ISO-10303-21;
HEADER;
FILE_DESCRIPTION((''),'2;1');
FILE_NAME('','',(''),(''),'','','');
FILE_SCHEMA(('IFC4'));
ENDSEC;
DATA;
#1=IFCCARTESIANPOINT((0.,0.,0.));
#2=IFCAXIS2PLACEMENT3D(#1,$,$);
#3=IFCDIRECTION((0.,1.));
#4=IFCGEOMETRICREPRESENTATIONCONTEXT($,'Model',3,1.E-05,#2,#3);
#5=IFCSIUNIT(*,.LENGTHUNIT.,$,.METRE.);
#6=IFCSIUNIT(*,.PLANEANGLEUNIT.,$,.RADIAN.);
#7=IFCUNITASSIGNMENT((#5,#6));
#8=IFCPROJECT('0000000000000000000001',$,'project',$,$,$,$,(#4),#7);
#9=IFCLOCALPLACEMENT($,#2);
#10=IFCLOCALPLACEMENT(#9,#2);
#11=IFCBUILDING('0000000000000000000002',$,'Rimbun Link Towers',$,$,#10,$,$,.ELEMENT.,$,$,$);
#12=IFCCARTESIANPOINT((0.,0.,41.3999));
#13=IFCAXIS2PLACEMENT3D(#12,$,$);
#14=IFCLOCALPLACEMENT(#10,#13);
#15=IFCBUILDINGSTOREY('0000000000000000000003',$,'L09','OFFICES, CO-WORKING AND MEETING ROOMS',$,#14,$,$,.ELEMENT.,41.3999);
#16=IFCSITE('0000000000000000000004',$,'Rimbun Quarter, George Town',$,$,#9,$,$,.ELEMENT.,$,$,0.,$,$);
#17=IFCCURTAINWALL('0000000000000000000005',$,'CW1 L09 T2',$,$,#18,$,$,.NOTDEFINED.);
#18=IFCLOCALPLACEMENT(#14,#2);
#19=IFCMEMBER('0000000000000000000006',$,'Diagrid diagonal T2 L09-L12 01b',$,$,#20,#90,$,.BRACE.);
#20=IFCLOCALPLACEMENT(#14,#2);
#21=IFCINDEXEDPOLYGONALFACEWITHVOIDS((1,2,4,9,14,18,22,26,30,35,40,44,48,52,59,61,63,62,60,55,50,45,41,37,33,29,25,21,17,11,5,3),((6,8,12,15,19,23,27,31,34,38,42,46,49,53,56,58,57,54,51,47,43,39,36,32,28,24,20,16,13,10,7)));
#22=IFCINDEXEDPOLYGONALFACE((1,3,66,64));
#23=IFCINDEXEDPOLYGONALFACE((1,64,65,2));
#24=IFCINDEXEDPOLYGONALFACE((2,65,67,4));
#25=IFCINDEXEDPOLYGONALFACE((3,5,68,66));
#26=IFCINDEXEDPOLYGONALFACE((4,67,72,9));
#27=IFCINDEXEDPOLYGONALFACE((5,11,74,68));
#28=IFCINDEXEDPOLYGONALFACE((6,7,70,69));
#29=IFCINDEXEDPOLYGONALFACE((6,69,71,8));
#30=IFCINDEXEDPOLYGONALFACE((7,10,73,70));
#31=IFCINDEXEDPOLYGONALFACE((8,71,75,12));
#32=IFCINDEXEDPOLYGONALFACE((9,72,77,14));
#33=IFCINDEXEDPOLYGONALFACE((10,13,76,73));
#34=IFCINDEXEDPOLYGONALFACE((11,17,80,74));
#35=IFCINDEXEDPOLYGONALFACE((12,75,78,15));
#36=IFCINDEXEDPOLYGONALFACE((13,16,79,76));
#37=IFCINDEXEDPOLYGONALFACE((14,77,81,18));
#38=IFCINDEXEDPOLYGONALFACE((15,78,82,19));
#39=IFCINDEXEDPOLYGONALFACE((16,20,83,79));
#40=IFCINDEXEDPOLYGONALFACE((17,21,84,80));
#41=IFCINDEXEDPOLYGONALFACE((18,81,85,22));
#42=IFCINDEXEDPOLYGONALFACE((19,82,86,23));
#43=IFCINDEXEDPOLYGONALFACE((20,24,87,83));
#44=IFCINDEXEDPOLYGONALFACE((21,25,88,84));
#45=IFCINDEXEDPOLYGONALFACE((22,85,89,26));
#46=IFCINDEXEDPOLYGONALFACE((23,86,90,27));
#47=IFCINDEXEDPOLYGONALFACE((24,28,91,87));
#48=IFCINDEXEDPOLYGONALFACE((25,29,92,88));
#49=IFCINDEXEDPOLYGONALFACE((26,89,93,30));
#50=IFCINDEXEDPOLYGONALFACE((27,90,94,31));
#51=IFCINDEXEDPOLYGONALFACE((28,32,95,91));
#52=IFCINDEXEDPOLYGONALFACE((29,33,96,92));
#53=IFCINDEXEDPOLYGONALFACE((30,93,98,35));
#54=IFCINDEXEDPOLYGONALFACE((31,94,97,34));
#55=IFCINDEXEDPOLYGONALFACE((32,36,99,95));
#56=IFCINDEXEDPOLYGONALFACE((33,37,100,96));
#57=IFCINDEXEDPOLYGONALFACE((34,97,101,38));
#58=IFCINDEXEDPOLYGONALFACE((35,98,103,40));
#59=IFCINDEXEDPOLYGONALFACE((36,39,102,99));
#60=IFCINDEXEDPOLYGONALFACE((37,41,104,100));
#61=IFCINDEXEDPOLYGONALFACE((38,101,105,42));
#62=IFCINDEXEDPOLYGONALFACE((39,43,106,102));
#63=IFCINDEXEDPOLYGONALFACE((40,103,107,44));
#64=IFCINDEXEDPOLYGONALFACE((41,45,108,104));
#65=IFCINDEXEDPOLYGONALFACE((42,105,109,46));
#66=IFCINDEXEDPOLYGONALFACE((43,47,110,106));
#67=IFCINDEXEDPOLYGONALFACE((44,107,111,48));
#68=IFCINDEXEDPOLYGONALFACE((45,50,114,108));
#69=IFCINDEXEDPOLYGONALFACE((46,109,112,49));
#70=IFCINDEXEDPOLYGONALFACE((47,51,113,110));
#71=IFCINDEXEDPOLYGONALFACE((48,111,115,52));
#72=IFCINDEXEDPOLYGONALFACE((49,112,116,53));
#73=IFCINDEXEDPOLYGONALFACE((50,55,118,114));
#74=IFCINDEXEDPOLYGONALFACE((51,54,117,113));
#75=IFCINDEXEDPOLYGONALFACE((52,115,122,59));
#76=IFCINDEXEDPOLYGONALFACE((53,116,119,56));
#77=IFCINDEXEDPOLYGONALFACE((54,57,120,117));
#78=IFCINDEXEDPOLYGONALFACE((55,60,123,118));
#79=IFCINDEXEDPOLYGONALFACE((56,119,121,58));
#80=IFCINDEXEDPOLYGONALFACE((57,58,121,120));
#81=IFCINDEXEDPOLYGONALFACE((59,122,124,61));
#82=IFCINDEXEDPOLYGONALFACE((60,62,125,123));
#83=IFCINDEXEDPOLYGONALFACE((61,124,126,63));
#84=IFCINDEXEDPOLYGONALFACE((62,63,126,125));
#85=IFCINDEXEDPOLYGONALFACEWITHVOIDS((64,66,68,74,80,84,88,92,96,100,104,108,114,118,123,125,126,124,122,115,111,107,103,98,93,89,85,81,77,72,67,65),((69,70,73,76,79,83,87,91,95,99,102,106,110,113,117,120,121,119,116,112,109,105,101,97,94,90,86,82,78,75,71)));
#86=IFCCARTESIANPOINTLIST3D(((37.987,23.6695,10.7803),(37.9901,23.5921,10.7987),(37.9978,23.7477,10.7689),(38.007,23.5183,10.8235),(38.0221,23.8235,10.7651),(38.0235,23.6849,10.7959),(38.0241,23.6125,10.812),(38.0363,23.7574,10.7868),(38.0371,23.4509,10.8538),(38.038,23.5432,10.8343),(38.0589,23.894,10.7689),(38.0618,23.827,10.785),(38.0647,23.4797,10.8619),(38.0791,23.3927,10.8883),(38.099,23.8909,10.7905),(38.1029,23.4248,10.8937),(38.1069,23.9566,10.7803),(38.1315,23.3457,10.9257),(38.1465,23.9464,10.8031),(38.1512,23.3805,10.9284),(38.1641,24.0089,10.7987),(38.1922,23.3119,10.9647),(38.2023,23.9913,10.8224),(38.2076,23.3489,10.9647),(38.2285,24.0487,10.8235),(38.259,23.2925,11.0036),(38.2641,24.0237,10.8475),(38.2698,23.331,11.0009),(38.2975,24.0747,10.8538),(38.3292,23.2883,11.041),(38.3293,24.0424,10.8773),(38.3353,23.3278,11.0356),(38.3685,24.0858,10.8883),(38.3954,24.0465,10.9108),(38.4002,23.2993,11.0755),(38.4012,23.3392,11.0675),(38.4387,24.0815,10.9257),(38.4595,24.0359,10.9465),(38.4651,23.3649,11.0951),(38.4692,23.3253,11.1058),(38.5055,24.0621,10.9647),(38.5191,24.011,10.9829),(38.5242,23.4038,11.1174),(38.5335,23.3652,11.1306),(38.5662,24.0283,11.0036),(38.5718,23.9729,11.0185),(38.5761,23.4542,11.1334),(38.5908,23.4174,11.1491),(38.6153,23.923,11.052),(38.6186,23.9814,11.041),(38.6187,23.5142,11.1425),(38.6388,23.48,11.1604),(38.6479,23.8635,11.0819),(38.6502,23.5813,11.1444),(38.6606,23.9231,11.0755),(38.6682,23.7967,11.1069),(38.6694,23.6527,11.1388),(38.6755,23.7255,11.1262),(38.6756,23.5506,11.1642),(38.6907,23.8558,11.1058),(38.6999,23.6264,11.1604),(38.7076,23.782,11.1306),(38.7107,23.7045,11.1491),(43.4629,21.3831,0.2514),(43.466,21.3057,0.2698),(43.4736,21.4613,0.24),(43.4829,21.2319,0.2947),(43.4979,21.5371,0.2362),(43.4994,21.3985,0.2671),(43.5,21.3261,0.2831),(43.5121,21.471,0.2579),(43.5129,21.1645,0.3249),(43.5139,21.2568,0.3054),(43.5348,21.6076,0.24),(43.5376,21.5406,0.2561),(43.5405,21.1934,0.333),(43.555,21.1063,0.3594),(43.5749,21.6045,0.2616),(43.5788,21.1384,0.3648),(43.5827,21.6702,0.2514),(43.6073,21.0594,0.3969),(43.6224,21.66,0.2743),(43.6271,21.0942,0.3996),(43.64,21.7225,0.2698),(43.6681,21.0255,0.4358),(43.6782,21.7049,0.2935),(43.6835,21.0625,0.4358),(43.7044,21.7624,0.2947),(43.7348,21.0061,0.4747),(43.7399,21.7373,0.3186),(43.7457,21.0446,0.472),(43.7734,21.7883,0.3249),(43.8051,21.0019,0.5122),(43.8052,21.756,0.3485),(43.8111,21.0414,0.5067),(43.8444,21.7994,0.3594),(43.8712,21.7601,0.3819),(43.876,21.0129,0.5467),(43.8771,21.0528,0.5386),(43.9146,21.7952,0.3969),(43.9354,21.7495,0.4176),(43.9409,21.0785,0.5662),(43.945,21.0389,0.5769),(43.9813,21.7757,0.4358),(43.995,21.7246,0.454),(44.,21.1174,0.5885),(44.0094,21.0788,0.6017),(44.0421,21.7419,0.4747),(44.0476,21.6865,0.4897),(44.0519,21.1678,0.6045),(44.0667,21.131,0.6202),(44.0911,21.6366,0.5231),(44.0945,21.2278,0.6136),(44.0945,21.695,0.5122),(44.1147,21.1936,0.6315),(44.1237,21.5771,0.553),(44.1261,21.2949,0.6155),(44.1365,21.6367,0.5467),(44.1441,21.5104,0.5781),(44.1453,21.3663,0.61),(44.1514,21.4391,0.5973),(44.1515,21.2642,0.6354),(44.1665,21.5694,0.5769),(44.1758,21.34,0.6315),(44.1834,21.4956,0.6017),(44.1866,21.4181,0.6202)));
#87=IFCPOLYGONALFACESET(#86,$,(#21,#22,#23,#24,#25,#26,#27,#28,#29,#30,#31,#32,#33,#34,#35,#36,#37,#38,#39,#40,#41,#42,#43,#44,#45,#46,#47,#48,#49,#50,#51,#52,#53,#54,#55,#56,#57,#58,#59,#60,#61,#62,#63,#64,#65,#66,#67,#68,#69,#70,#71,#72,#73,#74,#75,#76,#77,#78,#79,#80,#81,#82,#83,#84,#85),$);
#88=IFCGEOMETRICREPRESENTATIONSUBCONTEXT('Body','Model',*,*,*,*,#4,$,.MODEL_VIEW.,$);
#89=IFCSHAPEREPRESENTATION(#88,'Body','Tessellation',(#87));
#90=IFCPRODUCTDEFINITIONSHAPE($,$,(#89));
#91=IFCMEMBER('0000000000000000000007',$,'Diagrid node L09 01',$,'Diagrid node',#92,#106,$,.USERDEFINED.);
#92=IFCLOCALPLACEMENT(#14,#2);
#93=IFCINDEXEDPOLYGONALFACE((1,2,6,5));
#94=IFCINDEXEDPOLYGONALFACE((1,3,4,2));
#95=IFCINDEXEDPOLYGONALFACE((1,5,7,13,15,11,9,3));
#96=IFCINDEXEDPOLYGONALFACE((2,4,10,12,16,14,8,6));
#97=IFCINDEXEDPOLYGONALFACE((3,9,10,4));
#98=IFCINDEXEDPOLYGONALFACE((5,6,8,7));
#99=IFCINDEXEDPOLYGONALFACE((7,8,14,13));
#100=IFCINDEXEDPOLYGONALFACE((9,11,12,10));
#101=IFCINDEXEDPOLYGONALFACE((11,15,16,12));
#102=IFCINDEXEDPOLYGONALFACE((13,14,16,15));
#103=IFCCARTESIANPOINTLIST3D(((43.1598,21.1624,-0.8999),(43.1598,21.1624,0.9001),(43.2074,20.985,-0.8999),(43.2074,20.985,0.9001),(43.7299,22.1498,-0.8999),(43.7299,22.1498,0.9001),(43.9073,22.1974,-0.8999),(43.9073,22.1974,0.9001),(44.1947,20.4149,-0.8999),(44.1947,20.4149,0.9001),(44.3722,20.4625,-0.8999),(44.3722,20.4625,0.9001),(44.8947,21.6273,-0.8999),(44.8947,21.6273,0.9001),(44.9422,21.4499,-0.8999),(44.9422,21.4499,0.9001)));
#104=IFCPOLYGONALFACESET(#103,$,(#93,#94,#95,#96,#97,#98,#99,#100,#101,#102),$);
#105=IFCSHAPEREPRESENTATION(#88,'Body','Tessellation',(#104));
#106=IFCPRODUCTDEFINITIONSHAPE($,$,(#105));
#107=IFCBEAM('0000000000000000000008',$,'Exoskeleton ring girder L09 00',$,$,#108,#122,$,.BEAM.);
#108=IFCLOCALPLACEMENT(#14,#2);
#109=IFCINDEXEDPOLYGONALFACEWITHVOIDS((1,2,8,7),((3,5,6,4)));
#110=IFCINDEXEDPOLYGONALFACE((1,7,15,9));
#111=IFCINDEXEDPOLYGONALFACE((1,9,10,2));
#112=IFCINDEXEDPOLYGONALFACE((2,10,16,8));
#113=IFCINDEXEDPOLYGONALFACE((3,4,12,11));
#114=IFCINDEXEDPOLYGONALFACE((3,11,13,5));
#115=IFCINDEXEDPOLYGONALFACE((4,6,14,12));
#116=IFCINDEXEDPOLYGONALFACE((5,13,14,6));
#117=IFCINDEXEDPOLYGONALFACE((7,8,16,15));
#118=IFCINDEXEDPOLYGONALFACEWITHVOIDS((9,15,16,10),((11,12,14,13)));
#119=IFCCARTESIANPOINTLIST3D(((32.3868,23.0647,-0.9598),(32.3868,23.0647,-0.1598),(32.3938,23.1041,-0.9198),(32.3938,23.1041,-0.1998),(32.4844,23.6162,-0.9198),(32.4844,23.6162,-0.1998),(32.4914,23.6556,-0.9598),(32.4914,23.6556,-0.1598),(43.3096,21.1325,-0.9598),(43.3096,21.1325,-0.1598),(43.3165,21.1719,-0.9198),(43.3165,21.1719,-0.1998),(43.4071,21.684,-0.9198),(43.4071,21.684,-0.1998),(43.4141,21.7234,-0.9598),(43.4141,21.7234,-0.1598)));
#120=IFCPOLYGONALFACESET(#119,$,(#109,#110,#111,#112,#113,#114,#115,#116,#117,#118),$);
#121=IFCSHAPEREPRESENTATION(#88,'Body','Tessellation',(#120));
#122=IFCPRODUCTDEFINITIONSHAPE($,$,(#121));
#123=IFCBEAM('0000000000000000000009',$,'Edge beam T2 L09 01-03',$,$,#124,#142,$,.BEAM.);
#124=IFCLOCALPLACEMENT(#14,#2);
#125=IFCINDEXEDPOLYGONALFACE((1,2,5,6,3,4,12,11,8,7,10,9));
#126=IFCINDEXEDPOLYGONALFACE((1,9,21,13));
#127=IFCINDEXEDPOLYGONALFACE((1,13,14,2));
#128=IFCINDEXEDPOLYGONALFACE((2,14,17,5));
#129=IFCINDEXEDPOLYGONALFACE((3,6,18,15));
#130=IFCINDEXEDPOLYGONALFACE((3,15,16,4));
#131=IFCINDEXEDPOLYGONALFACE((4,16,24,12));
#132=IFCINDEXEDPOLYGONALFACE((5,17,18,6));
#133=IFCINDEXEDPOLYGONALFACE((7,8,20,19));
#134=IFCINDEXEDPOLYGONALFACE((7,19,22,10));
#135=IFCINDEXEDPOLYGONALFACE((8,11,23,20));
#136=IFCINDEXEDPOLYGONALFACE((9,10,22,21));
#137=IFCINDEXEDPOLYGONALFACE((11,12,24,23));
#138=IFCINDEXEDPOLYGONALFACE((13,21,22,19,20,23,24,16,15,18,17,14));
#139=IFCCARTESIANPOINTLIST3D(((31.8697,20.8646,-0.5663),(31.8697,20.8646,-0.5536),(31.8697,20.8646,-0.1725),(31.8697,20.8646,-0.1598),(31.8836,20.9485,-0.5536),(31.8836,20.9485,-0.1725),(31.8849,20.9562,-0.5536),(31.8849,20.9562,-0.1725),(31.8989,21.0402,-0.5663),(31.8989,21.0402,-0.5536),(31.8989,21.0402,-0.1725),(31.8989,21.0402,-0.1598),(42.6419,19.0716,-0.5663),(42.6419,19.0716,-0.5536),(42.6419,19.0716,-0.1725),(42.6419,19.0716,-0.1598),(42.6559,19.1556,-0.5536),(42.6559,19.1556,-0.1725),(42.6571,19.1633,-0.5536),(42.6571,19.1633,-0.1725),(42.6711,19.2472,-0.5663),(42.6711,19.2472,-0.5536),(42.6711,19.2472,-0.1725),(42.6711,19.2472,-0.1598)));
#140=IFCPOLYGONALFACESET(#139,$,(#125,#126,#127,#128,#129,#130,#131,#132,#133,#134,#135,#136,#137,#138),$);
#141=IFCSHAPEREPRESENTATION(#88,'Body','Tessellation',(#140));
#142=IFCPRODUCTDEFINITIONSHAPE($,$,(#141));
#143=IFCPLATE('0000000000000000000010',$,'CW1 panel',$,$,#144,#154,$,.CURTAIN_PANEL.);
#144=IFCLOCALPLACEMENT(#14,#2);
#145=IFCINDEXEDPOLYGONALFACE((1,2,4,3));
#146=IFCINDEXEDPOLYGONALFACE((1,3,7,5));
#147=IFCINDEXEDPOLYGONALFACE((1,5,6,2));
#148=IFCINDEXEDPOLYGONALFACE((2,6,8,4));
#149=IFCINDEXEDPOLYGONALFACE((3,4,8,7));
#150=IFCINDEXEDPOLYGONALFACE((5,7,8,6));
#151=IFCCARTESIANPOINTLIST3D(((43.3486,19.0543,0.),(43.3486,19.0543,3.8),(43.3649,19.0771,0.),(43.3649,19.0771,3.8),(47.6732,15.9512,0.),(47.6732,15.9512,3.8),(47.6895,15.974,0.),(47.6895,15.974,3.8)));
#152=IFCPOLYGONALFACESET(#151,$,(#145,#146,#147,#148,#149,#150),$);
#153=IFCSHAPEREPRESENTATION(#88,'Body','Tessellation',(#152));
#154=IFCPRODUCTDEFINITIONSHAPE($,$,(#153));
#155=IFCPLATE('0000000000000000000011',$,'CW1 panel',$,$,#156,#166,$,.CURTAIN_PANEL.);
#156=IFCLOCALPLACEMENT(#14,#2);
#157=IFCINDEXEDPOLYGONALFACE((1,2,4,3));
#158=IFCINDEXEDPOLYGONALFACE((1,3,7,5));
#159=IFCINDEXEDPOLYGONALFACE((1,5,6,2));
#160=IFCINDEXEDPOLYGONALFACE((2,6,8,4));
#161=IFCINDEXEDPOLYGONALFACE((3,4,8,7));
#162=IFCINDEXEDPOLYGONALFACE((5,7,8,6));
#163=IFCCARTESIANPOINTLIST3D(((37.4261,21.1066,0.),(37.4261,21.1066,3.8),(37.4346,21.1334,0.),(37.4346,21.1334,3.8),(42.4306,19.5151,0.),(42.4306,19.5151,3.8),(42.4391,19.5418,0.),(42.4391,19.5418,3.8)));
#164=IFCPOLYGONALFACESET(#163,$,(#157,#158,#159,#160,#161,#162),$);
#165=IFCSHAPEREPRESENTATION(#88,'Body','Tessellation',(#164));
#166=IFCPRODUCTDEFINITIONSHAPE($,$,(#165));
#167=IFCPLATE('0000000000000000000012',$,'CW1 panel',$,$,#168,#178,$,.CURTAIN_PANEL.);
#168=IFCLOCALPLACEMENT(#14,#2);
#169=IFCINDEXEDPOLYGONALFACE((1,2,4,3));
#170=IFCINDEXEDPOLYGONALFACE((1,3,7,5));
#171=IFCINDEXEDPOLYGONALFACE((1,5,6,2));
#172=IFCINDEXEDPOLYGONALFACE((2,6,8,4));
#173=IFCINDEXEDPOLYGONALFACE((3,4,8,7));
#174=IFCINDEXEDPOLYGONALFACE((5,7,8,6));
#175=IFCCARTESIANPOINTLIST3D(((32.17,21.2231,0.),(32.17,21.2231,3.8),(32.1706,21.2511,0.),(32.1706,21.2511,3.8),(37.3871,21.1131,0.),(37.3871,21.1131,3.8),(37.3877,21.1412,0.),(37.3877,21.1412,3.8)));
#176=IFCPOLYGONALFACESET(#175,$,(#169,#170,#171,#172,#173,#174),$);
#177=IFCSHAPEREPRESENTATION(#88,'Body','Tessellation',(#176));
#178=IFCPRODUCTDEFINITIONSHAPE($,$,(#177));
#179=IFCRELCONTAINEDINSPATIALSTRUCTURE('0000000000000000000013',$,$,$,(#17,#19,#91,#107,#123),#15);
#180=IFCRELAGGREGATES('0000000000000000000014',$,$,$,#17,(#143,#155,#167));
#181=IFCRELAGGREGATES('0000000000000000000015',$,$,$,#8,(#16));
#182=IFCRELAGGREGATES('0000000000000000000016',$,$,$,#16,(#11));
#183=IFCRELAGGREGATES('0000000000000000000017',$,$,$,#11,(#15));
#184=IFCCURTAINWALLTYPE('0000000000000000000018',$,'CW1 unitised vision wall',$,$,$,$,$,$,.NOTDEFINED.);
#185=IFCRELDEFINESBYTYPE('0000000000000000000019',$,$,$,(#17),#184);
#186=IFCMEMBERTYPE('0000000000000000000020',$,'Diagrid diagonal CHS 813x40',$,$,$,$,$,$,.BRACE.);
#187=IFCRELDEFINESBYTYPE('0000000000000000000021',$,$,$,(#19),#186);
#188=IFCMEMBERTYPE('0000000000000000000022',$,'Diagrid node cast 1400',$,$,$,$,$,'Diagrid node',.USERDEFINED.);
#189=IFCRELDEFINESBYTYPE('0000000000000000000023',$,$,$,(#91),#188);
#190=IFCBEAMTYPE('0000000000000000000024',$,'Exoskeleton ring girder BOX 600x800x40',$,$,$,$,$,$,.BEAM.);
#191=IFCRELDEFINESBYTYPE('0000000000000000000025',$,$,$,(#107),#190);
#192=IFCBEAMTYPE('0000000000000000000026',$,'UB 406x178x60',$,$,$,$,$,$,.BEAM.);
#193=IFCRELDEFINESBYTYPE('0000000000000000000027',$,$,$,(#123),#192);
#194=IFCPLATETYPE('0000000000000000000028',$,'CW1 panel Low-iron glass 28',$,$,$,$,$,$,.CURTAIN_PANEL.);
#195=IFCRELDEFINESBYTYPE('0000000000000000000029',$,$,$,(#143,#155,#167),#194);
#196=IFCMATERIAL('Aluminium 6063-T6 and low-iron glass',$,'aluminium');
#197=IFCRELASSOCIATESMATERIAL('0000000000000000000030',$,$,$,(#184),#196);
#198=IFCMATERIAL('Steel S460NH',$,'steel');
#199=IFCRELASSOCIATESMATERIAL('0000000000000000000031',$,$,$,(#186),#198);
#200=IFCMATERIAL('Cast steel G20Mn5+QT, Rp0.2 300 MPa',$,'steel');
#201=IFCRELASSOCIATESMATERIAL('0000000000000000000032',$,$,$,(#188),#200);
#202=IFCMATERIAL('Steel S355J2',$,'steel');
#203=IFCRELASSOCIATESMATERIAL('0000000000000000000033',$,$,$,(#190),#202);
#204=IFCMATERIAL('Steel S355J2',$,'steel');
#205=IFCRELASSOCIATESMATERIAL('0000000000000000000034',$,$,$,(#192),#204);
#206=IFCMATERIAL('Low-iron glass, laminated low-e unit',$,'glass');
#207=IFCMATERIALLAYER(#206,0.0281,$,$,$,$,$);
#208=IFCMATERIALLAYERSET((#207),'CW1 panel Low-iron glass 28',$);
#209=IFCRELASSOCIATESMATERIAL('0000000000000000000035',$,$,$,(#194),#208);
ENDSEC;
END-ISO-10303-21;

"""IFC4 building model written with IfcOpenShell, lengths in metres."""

from ifc_helpers import new_model, si_unit, direction, frame, origin, origin_2d, place, context, subcontext, project, spatial, polyline, rectangle, hollow_rectangle, hollow_circle, i_section, outline, extrude, material, layer, layer_set, material_profile, profile_set, type_object, element, aggregate, save


model = new_model("IFC4")

# Units and contexts
model_context = context("Model", 3, precision=1e-05, world=origin(), true_north=direction((0.0, 1.0)))
body_context = subcontext(model_context, "Body", "Model", "MODEL_VIEW")
ifc_project = project(units=[si_unit("LENGTHUNIT", "METRE"), si_unit("PLANEANGLEUNIT", "RADIAN")], contexts=[model_context])

# Site, building, storey
site_placement = place(None, origin())
site = spatial("IfcSite", under=ifc_project, at=site_placement, Name="Rimbun Quarter, George Town", CompositionType="ELEMENT", RefElevation=0.0)
building_placement = place(site_placement, origin())
building = spatial("IfcBuilding", under=site, at=building_placement, Name="Rimbun Link Towers", CompositionType="ELEMENT")
storey_placement = place(building_placement, frame((0.0, 0.0, 41.3999)))
storey = spatial("IfcBuildingStorey", under=building, at=storey_placement, Name="L09", Description="OFFICES, CO-WORKING AND MEETING ROOMS", CompositionType="ELEMENT", Elevation=41.3999)

# Curtain wall
ifc_material_1 = material(Name="Aluminium 6063-T6 and low-iron glass", Category="aluminium")
curtain_wall_type = type_object("IfcCurtainWallType", Name="CW1 unitised vision wall", PredefinedType="NOTDEFINED", material=ifc_material_1)
curtain_wall_placement = place(storey_placement, origin())
curtain_wall = element("IfcCurtainWall", 1, at=curtain_wall_placement, inside=storey, type_object=curtain_wall_type, Name="CW1 L09 T2", PredefinedType="NOTDEFINED")

# Members
ifc_material_2 = material(Name="Steel S460NH", Category="steel")
ifc_material_profile_1 = material_profile(ifc_material_2, hollow_circle(Radius=0.4065, WallThickness=0.04, at=origin_2d()), Name="Diagrid diagonal CHS 813x40")
ifc_profile_set_1 = profile_set([ifc_material_profile_1], Name="Steel S460NH")
member_type_1 = type_object("IfcMemberType", Name="Diagrid diagonal CHS 813x40", PredefinedType="BRACE", material=ifc_profile_set_1)
member_1_placement = place(storey_placement, frame((43.8247, 21.4006, 0.4358), z_axis=(-0.453077, 0.189178, 0.871167), x_axis=(-0.385302, -0.922791, 0.0)))
element("IfcMember", 2, at=member_1_placement, inside=storey, type_object=member_type_1, Name="Diagrid diagonal T2 L09-L12 01b", PredefinedType="BRACE", context=body_context, shape_type="SweptSolid", body=[
    extrude(hollow_circle(Radius=0.4065, WallThickness=0.04, at=origin_2d()), origin(), (0.0, 0.0, 1.0), 12.0859),
])
ifc_material_3 = material(Name="Cast steel G20Mn5+QT, Rp0.2 300 MPa", Category="steel")
ifc_material_profile_2 = material_profile(ifc_material_3, outline(polyline([(0.7, -0.5701), (0.7, 0.5701), (0.5701, 0.7), (-0.5701, 0.7), (-0.7, 0.5701), (-0.7, -0.5701), (-0.5701, -0.7), (0.5701, -0.7), (0.7, -0.5701)])), Name="NODE 1400x1400")
ifc_profile_set_2 = profile_set([ifc_material_profile_2], Name="Cast steel G20Mn5+QT, Rp0.2 300 MPa")
member_type_2 = type_object("IfcMemberType", Name="Diagrid node cast 1400", ElementType="Diagrid node", PredefinedType="USERDEFINED", material=ifc_profile_set_2)
member_2_placement = place(storey_placement, frame((44.051, 21.3062, -0.8999), z_axis=(0.0, 0.0, 1.0), x_axis=(0.5, 0.866025, 0.0)))
element("IfcMember", 3, at=member_2_placement, inside=storey, type_object=member_type_2, Name="Diagrid node L09 01", ObjectType="Diagrid node", PredefinedType="USERDEFINED", context=body_context, shape_type="SweptSolid", body=[
    extrude(outline(polyline([(0.7, -0.5701), (0.7, 0.5701), (0.5701, 0.7), (-0.5701, 0.7), (-0.7, 0.5701), (-0.7, -0.5701), (-0.5701, -0.7), (0.5701, -0.7), (0.7, -0.5701)])), origin(), (0.0, 0.0, 1.0), 1.8),
])

# Beams
ifc_material_4 = material(Name="Steel S355J2", Category="steel")
ifc_material_profile_3 = material_profile(ifc_material_4, hollow_rectangle(XDim=0.6001, YDim=0.8, WallThickness=0.04, at=origin_2d()), Name="Exoskeleton ring girder BOX 600x800x40")
ifc_profile_set_3 = profile_set([ifc_material_profile_3], Name="Steel S355J2")
beam_type_1 = type_object("IfcBeamType", Name="Exoskeleton ring girder BOX 600x800x40", PredefinedType="BEAM", material=ifc_profile_set_3)
beam_1_placement = place(storey_placement, frame((43.3618, 21.428, -0.5598), z_axis=(-0.984712, 0.174188, 0.0), x_axis=(-0.174188, -0.984712, 0.0)))
element("IfcBeam", 4, at=beam_1_placement, inside=storey, type_object=beam_type_1, Name="Exoskeleton ring girder L09 00", PredefinedType="BEAM", context=body_context, shape_type="SweptSolid", body=[
    extrude(hollow_rectangle(XDim=0.6001, YDim=0.8, WallThickness=0.04, at=origin_2d()), origin(), (0.0, 0.0, 1.0), 11.0923),
])
ifc_material_5 = material(Name="Steel S355J2", Category="steel")
ifc_material_profile_4 = material_profile(ifc_material_5, i_section(OverallWidth=0.178, OverallDepth=0.4065, WebThickness=0.0078, FlangeThickness=0.0127, at=origin_2d()), Name="UB 406x178x60")
ifc_profile_set_4 = profile_set([ifc_material_profile_4], Name="Steel S355J2")
beam_type_2 = type_object("IfcBeamType", Name="UB 406x178x60", PredefinedType="BEAM", material=ifc_profile_set_4)
beam_2_placement = place(storey_placement, frame((42.6565, 19.1594, -0.363), z_axis=(-0.98643, 0.164185, 0.0), x_axis=(-0.164185, -0.98643, 0.0)))
element("IfcBeam", 5, at=beam_2_placement, inside=storey, type_object=beam_type_2, Name="Edge beam T2 L09 01-03", PredefinedType="BEAM", context=body_context, shape_type="SweptSolid", body=[
    extrude(i_section(OverallWidth=0.178, OverallDepth=0.4065, WebThickness=0.0078, FlangeThickness=0.0127, at=origin_2d()), origin(), (0.0, 0.0, 1.0), 10.9204),
])

# Plates
ifc_material_6 = material(Name="Low-iron glass, laminated low-e unit", Category="glass")
ifc_layer = layer(ifc_material_6, 0.0281)
ifc_layer_set = layer_set([ifc_layer], Name="CW1 panel Low-iron glass 28")
plate_type = type_object("IfcPlateType", Name="CW1 panel Low-iron glass 28", PredefinedType="CURTAIN_PANEL", material=ifc_layer_set)
plate_1_placement = place(storey_placement, frame((45.519, 17.5142, 0.0), z_axis=(0.0, 0.0, 1.0), x_axis=(0.812475, -0.582996, 0.0)))
plate_1 = element("IfcPlate", 6, at=plate_1_placement, type_object=plate_type, Name="CW1 panel", PredefinedType="CURTAIN_PANEL", context=body_context, shape_type="SweptSolid", body=[
    extrude(rectangle(XDim=5.3228, YDim=0.0281, at=origin_2d()), origin(), (0.0, 0.0, 1.0), 3.8),
])
plate_2_placement = place(storey_placement, frame((39.9326, 20.3242, 0.0), z_axis=(0.0, 0.0, 1.0), x_axis=(0.952968, -0.303071, 0.0)))
plate_2 = element("IfcPlate", 7, at=plate_2_placement, type_object=plate_type, Name="CW1 panel", PredefinedType="CURTAIN_PANEL", context=body_context, shape_type="SweptSolid", body=[
    extrude(rectangle(XDim=5.2515, YDim=0.0281, at=origin_2d()), origin(), (0.0, 0.0, 1.0), 3.8),
])
plate_3_placement = place(storey_placement, frame((34.7788, 21.1821, 0.0), z_axis=(0.0, 0.0, 1.0), x_axis=(0.999778, -0.021066, 0.0)))
plate_3 = element("IfcPlate", 8, at=plate_3_placement, type_object=plate_type, Name="CW1 panel", PredefinedType="CURTAIN_PANEL", context=body_context, shape_type="SweptSolid", body=[
    extrude(rectangle(XDim=5.2183, YDim=0.0281, at=origin_2d()), origin(), (0.0, 0.0, 1.0), 3.8),
])
aggregate(curtain_wall, [plate_1, plate_2, plate_3])

save(model, "model.ifc")
